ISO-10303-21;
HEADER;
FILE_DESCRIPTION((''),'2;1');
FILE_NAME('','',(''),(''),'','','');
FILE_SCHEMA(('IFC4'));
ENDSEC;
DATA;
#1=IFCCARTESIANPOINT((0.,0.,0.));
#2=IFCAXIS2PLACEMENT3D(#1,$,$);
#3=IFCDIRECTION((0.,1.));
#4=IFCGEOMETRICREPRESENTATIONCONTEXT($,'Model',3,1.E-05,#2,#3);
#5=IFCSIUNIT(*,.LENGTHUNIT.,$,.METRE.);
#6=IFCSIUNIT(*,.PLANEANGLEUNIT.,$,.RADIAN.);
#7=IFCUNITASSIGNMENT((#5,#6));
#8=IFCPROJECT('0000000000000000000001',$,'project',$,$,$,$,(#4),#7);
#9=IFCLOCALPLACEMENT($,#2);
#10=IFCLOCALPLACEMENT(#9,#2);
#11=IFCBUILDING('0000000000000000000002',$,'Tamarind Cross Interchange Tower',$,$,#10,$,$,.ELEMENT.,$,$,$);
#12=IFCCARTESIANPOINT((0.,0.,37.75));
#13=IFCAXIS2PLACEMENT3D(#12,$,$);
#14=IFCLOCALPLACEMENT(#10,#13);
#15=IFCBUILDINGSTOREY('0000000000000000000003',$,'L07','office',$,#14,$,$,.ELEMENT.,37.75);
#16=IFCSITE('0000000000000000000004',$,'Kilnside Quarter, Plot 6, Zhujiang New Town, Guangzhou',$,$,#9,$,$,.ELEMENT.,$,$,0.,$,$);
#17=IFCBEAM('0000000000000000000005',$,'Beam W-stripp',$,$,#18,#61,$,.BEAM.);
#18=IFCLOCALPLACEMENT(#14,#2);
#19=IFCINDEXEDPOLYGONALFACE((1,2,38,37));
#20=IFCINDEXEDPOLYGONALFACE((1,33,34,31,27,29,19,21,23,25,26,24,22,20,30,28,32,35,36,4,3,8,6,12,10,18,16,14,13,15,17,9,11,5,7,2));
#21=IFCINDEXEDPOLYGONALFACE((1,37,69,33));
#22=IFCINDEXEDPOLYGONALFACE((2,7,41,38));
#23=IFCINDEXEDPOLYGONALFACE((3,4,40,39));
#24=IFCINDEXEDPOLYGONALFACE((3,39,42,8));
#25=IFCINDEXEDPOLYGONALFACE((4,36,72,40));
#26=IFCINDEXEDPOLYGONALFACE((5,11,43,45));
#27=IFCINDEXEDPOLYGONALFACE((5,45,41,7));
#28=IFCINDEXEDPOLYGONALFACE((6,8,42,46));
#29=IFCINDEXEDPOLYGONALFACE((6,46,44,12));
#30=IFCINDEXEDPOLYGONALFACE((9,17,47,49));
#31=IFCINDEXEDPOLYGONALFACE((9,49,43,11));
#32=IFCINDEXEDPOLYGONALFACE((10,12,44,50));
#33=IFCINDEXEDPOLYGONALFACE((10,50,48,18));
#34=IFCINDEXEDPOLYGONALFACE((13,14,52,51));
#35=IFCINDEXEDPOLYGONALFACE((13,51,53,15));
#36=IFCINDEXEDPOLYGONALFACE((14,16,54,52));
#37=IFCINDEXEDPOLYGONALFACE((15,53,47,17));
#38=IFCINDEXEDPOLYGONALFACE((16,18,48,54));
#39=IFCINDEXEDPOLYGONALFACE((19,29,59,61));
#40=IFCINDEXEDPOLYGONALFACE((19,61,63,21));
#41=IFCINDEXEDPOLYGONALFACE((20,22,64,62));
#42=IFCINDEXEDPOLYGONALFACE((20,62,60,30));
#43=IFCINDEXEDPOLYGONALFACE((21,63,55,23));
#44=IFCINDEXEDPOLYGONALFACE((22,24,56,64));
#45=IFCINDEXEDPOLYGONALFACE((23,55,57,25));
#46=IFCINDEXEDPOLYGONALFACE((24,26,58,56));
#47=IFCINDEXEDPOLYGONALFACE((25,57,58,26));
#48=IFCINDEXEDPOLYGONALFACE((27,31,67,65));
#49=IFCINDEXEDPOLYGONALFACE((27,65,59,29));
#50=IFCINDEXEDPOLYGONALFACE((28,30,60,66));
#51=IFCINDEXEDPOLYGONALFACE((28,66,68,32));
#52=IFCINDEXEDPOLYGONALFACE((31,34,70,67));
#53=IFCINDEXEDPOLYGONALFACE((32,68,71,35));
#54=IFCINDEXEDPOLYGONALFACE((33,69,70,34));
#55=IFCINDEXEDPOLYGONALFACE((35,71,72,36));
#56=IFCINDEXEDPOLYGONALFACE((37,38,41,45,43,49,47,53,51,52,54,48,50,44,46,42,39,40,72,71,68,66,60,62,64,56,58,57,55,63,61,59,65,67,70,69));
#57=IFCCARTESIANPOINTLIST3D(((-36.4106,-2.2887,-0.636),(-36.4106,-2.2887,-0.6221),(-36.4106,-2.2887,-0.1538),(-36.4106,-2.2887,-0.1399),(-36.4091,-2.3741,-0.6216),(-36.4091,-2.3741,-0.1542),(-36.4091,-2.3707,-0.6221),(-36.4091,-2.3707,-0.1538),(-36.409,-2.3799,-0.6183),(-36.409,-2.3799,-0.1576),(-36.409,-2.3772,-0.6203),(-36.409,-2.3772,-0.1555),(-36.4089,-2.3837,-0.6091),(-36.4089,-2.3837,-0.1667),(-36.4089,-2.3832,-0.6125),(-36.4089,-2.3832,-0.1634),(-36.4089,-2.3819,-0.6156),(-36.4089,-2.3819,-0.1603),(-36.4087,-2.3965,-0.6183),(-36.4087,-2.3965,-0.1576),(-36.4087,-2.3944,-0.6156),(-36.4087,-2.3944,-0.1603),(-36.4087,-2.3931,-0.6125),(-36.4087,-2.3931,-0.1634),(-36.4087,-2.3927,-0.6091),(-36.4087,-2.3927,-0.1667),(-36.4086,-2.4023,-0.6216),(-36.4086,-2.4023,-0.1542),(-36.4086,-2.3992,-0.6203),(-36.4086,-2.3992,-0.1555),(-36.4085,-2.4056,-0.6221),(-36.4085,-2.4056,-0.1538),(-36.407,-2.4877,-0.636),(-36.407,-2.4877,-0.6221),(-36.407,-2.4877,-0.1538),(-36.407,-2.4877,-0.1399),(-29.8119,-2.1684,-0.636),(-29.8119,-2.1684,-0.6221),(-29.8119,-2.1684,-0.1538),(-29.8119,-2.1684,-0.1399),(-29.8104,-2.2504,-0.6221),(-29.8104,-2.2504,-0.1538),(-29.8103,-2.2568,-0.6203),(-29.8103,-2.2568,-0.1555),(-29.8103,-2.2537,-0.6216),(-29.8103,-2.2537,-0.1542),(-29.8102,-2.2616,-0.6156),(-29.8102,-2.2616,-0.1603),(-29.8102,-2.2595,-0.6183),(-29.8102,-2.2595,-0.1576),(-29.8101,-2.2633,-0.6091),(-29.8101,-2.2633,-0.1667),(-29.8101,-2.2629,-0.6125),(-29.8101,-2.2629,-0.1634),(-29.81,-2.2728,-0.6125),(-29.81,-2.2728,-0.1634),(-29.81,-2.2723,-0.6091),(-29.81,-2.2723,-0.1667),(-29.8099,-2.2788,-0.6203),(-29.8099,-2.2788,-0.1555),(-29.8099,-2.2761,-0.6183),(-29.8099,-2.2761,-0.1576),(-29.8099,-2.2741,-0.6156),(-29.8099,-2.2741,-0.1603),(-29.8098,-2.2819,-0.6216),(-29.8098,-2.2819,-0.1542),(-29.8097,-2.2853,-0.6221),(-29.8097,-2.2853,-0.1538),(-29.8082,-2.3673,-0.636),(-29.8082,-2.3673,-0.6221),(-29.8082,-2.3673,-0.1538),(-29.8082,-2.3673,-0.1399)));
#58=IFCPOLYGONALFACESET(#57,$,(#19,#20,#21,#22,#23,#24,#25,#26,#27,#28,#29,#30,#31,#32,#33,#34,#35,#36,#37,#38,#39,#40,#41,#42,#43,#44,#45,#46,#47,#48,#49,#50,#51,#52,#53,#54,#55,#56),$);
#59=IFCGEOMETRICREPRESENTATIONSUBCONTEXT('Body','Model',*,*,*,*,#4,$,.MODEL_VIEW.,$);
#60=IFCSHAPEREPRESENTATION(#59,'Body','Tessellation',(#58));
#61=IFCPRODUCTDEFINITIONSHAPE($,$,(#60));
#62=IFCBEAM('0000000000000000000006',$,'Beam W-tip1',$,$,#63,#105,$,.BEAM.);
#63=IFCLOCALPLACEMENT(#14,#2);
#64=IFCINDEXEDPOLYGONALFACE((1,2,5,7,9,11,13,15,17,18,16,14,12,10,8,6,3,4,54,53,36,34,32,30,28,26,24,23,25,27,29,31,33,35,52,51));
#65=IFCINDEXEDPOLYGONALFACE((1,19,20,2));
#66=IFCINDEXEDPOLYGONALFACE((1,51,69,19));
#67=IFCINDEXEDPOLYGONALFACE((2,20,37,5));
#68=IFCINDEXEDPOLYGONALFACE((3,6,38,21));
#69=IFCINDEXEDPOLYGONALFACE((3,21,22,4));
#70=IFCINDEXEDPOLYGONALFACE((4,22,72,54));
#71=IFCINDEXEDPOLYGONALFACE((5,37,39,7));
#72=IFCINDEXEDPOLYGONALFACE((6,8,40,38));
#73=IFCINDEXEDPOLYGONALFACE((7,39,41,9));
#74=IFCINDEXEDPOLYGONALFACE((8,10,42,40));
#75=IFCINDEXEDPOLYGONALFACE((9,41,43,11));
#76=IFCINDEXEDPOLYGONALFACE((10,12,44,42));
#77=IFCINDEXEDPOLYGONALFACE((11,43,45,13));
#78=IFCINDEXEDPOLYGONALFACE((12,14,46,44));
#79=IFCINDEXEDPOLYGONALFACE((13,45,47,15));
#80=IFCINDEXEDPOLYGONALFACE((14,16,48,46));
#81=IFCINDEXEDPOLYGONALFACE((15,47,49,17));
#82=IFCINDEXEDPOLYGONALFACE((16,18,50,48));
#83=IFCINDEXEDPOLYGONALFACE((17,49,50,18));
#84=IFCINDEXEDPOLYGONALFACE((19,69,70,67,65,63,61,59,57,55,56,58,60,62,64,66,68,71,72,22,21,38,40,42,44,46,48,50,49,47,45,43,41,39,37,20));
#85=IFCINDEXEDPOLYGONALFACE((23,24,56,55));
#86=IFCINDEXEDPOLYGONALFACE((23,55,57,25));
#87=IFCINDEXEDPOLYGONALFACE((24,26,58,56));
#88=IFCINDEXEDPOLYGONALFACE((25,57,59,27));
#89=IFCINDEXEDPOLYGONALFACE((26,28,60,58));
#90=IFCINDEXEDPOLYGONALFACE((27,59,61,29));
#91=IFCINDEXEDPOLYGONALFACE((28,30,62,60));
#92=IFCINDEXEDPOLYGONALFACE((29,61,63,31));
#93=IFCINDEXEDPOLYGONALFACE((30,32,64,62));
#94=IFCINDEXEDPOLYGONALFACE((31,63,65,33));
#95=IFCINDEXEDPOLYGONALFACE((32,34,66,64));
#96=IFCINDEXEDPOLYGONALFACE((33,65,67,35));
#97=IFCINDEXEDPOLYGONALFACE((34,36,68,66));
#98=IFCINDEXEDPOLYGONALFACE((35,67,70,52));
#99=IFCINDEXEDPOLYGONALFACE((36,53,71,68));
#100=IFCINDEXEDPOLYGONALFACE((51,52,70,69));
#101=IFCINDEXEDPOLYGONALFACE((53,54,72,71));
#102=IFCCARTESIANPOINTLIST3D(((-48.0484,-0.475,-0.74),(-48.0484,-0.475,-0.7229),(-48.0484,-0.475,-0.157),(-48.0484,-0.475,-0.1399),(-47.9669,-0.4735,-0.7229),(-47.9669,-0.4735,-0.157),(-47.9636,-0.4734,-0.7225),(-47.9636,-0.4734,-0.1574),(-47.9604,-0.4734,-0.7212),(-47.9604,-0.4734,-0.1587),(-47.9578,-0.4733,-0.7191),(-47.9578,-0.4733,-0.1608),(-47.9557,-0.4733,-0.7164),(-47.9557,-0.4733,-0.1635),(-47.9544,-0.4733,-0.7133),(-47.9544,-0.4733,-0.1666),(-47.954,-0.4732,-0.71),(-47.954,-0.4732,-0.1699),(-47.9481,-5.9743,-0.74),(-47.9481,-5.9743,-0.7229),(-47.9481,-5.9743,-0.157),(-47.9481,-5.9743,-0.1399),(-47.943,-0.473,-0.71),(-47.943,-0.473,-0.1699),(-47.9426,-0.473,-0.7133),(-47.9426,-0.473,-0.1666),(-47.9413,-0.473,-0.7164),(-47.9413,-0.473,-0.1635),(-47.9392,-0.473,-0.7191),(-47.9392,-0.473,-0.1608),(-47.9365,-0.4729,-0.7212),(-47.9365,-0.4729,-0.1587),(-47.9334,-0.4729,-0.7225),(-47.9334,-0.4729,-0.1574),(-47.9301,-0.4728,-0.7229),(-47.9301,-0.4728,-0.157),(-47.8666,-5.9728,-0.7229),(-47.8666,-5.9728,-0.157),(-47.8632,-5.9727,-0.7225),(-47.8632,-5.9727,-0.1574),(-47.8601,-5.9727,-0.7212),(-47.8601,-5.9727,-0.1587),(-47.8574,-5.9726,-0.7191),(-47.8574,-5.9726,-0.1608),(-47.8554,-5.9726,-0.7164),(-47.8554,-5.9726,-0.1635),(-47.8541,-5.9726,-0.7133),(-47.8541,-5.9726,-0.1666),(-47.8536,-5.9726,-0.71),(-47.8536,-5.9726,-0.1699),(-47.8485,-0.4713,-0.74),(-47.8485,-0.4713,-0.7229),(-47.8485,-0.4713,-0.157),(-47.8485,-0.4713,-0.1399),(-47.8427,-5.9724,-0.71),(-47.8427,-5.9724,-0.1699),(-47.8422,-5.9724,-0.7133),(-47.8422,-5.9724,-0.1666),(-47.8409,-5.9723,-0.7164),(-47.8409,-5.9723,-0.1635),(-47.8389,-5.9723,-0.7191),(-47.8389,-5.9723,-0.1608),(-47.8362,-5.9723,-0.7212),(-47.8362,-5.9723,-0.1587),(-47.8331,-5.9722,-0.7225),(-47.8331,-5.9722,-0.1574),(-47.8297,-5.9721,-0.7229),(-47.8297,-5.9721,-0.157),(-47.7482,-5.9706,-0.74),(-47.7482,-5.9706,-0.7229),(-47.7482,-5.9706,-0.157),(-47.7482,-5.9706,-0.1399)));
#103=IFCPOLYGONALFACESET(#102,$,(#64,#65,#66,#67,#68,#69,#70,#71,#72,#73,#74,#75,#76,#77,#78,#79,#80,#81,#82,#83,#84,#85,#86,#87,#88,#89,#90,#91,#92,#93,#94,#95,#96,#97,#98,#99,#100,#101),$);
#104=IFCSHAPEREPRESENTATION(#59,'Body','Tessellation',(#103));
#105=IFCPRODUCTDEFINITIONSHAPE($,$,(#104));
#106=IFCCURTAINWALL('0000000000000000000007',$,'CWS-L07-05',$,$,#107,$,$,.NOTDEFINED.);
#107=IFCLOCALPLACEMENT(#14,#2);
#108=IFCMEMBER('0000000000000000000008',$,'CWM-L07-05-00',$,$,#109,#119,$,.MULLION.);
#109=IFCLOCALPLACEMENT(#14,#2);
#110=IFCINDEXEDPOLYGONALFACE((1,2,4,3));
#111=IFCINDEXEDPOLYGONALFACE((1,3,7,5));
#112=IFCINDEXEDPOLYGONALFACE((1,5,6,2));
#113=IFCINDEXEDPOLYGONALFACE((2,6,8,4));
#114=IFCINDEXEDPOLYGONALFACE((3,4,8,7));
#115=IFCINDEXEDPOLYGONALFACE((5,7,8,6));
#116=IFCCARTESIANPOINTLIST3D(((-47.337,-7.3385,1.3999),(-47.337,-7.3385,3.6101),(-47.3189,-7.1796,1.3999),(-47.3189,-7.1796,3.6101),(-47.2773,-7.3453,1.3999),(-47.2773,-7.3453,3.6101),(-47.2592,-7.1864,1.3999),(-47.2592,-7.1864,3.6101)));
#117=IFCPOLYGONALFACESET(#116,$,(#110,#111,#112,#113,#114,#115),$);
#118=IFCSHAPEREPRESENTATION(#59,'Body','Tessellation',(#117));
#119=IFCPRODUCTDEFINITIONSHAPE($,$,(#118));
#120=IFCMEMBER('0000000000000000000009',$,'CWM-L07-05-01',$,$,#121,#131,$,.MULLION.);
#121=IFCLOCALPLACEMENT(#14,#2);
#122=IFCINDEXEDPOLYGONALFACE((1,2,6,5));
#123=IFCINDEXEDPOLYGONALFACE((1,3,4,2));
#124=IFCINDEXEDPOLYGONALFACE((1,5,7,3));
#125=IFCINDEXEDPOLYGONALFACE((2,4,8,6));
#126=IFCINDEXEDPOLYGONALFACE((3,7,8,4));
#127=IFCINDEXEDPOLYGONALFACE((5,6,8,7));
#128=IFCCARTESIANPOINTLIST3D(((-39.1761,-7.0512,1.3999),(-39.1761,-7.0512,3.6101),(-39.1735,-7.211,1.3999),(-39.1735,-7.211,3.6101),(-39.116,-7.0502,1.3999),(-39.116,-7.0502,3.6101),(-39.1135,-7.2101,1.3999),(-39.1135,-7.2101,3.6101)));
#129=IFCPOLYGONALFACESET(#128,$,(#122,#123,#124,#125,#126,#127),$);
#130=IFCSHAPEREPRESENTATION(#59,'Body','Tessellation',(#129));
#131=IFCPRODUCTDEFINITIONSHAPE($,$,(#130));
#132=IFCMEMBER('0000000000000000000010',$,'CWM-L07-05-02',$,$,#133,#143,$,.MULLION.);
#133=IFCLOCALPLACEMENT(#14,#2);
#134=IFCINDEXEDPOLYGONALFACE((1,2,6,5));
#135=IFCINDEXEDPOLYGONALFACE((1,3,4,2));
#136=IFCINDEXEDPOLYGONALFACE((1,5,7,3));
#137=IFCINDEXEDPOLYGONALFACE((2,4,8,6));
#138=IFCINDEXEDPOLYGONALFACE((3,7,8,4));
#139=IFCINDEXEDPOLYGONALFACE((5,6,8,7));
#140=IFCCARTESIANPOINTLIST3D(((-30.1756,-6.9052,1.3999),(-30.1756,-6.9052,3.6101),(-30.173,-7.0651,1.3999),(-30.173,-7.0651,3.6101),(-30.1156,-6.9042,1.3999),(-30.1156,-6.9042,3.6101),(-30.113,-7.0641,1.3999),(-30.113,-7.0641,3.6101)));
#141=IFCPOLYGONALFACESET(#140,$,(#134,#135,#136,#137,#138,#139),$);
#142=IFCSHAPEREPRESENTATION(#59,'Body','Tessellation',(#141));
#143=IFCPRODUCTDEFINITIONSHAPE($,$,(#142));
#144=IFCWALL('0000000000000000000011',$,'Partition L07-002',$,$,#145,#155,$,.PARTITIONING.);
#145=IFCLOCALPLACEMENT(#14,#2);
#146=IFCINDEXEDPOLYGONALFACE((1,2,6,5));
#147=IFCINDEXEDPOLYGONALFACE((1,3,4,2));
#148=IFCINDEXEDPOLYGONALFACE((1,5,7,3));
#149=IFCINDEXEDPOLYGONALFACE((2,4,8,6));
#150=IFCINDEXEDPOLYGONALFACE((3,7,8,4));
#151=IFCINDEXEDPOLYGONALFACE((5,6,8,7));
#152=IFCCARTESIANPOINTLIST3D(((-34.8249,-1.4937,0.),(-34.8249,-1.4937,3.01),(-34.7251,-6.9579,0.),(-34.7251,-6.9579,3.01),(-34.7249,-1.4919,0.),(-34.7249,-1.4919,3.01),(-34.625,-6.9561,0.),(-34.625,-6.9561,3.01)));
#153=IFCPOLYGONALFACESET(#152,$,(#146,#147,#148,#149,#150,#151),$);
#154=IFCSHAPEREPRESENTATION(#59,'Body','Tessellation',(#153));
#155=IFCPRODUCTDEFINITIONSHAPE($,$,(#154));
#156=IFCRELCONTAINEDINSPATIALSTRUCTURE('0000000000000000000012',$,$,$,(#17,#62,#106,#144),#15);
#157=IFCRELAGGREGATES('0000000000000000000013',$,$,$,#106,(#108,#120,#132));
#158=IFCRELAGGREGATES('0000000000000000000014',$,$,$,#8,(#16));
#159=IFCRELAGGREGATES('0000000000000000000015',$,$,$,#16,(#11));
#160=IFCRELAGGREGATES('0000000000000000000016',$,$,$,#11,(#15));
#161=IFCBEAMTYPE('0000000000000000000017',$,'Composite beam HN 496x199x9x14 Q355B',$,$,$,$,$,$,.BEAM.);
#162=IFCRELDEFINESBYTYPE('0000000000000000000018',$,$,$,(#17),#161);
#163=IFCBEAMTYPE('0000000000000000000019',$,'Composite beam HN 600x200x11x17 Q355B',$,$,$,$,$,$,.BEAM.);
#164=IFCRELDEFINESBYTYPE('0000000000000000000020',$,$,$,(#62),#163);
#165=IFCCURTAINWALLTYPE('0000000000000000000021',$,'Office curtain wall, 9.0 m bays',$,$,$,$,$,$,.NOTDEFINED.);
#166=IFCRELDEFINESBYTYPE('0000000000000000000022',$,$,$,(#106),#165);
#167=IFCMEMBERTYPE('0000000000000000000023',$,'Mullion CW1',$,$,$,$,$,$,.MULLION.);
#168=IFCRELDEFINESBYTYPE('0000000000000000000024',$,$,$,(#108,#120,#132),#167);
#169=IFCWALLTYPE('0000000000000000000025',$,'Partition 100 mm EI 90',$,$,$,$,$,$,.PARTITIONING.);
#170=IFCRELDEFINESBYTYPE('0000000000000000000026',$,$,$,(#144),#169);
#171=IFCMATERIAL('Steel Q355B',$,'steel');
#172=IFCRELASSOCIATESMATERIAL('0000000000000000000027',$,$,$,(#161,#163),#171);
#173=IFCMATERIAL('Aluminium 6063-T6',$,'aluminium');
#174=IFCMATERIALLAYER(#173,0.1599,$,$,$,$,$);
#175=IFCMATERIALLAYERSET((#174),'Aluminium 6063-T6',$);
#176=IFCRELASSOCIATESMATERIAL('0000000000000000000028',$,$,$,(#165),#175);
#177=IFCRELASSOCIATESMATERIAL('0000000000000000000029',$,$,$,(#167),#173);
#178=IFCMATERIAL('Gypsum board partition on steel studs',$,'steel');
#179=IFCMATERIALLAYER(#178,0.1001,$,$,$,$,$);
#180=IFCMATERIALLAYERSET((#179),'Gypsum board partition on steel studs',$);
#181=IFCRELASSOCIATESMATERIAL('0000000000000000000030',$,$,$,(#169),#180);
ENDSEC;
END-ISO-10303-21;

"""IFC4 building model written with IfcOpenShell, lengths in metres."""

from ifc_helpers import new_model, si_unit, direction, frame, frame_2d, origin, origin_2d, place, context, subcontext, project, spatial, rectangle, i_section, extrude, material, layer, layer_set, material_profile, profile_set, type_object, element, aggregate, save


model = new_model("IFC4")

# Units and contexts
model_context = context("Model", 3, precision=1e-05, world=origin(), true_north=direction((0.0, 1.0)))
body_context = subcontext(model_context, "Body", "Model", "MODEL_VIEW")
ifc_project = project(units=[si_unit("LENGTHUNIT", "METRE"), si_unit("PLANEANGLEUNIT", "RADIAN")], contexts=[model_context])

# Site, building, storey
site_placement = place(None, origin())
site = spatial("IfcSite", under=ifc_project, at=site_placement, Name="Kilnside Quarter, Plot 6, Zhujiang New Town, Guangzhou", CompositionType="ELEMENT", RefElevation=0.0)
building_placement = place(site_placement, origin())
building = spatial("IfcBuilding", under=site, at=building_placement, Name="Tamarind Cross Interchange Tower", CompositionType="ELEMENT")
storey_placement = place(building_placement, frame((0.0, 0.0, 37.75)))
storey = spatial("IfcBuildingStorey", under=building, at=storey_placement, Name="L07", Description="office", CompositionType="ELEMENT", Elevation=37.75)

# Beams
ifc_material_1 = material(Name="Steel Q355B", Category="steel")
ifc_material_profile_1 = material_profile(ifc_material_1, i_section(OverallWidth=0.199, OverallDepth=0.4961, WebThickness=0.009, FlangeThickness=0.0139, FilletRadius=0.0129, at=origin_2d()), Name="HN 496x199x9x14")
ifc_profile_set_1 = profile_set([ifc_material_profile_1], Name="Steel Q355B")
beam_type_1 = type_object("IfcBeamType", Name="Composite beam HN 496x199x9x14 Q355B", PredefinedType="BEAM", material=ifc_profile_set_1)
beam_1_placement = place(storey_placement, frame((-29.8101, -2.2678, -0.3879), z_axis=(-0.999834, -0.018237, 0.0), x_axis=(0.018237, -0.999834, 0.0)))
element("IfcBeam", 1, at=beam_1_placement, inside=storey, type_object=beam_type_1, Name="Beam W-stripp", PredefinedType="BEAM", context=body_context, shape_type="SweptSolid", body=[
    extrude(i_section(OverallWidth=0.199, OverallDepth=0.4961, WebThickness=0.009, FlangeThickness=0.0139, FilletRadius=0.0129, at=origin_2d()), origin(), (0.0, 0.0, 1.0), 6.5999),
])
ifc_material_profile_2 = material_profile(ifc_material_1, i_section(OverallWidth=0.2, OverallDepth=0.6001, WebThickness=0.011, FlangeThickness=0.0171, FilletRadius=0.0129, at=origin_2d()), Name="HN 600x200x11x17")
ifc_profile_set_2 = profile_set([ifc_material_profile_2], Name="Steel Q355B")
beam_type_2 = type_object("IfcBeamType", Name="Composite beam HN 600x200x11x17 Q355B", PredefinedType="BEAM", material=ifc_profile_set_2)
beam_2_placement = place(storey_placement, frame((-47.9485, -0.4731, -0.4399), z_axis=(0.018243, -0.999834, 0.0), x_axis=(0.999834, 0.018243, 0.0)))
element("IfcBeam", 2, at=beam_2_placement, inside=storey, type_object=beam_type_2, Name="Beam W-tip1", PredefinedType="BEAM", context=body_context, shape_type="SweptSolid", body=[
    extrude(i_section(OverallWidth=0.2, OverallDepth=0.6001, WebThickness=0.011, FlangeThickness=0.0171, FilletRadius=0.0129, at=origin_2d()), origin(), (0.0, 0.0, 1.0), 5.5002),
])

# Curtain wall, members
ifc_material_2 = material(Name="Aluminium 6063-T6", Category="aluminium")
ifc_layer_1 = layer(ifc_material_2, 0.1599)
ifc_layer_set_1 = layer_set([ifc_layer_1], Name="Aluminium 6063-T6")
curtain_wall_type = type_object("IfcCurtainWallType", Name="Office curtain wall, 9.0 m bays", PredefinedType="NOTDEFINED", material=ifc_layer_set_1)
curtain_wall_placement = place(storey_placement, origin())
curtain_wall = element("IfcCurtainWall", 3, at=curtain_wall_placement, inside=storey, type_object=curtain_wall_type, Name="CWS-L07-05", PredefinedType="NOTDEFINED")
ifc_material_profile_3 = material_profile(ifc_material_2, rectangle(XDim=0.0601, YDim=0.1599, at=origin_2d()), Name="Mullion CW1")
ifc_profile_set_3 = profile_set([ifc_material_profile_3], Name="Aluminium 6063-T6")
member_type = type_object("IfcMemberType", Name="Mullion CW1", PredefinedType="MULLION", material=ifc_profile_set_3)
member_1_placement = place(storey_placement, frame((-47.2981, -7.2625, 1.3999), z_axis=(0.0, 0.0, 1.0), x_axis=(0.993545, -0.11344, 0.0)))
member_1 = element("IfcMember", 4, at=member_1_placement, type_object=member_type, Name="CWM-L07-05-00", PredefinedType="MULLION", context=body_context, shape_type="SweptSolid", body=[
    extrude(rectangle(XDim=0.0601, YDim=0.1599, at=origin_2d()), origin(), (0.0, 0.0, 1.0), 2.2102),
])
member_2_placement = place(storey_placement, frame((-39.1448, -7.1306, 1.3999), z_axis=(0.0, 0.0, 1.0), x_axis=(0.999869, 0.016194, 0.0)))
member_2 = element("IfcMember", 5, at=member_2_placement, type_object=member_type, Name="CWM-L07-05-01", PredefinedType="MULLION", context=body_context, shape_type="SweptSolid", body=[
    extrude(rectangle(XDim=0.0601, YDim=0.1599, at=origin_2d()), origin(), (0.0, 0.0, 1.0), 2.2102),
])
member_3_placement = place(storey_placement, frame((-30.1443, -6.9846, 1.3999), z_axis=(0.0, 0.0, 1.0), x_axis=(0.999869, 0.016194, 0.0)))
member_3 = element("IfcMember", 6, at=member_3_placement, type_object=member_type, Name="CWM-L07-05-02", PredefinedType="MULLION", context=body_context, shape_type="SweptSolid", body=[
    extrude(rectangle(XDim=0.0601, YDim=0.1599, at=origin_2d()), origin(), (0.0, 0.0, 1.0), 2.2102),
])
aggregate(curtain_wall, [member_1, member_2, member_3])

# Wall
ifc_material_3 = material(Name="Gypsum board partition on steel studs", Category="steel")
ifc_layer_2 = layer(ifc_material_3, 0.1001)
ifc_layer_set_2 = layer_set([ifc_layer_2], Name="Gypsum board partition on steel studs")
wall_type_1 = type_object("IfcWallType", Name="Partition 100 mm EI 90", PredefinedType="PARTITIONING", material=ifc_layer_set_2)
wall_1_placement = place(storey_placement, frame((-34.7749, -1.4929, 0.0), z_axis=(0.0, 0.0, 1.0), x_axis=(0.018271, -0.999833, 0.0)))
element("IfcWall", 7, at=wall_1_placement, inside=storey, type_object=wall_type_1, Name="Partition L07-002", PredefinedType="PARTITIONING", context=body_context, shape_type="SweptSolid", body=[
    extrude(rectangle(XDim=5.4651, YDim=0.1001, at=frame_2d((2.7324, 0.0))), origin(), (0.0, 0.0, 1.0), 3.01),
])

save(model, "model.ifc")
